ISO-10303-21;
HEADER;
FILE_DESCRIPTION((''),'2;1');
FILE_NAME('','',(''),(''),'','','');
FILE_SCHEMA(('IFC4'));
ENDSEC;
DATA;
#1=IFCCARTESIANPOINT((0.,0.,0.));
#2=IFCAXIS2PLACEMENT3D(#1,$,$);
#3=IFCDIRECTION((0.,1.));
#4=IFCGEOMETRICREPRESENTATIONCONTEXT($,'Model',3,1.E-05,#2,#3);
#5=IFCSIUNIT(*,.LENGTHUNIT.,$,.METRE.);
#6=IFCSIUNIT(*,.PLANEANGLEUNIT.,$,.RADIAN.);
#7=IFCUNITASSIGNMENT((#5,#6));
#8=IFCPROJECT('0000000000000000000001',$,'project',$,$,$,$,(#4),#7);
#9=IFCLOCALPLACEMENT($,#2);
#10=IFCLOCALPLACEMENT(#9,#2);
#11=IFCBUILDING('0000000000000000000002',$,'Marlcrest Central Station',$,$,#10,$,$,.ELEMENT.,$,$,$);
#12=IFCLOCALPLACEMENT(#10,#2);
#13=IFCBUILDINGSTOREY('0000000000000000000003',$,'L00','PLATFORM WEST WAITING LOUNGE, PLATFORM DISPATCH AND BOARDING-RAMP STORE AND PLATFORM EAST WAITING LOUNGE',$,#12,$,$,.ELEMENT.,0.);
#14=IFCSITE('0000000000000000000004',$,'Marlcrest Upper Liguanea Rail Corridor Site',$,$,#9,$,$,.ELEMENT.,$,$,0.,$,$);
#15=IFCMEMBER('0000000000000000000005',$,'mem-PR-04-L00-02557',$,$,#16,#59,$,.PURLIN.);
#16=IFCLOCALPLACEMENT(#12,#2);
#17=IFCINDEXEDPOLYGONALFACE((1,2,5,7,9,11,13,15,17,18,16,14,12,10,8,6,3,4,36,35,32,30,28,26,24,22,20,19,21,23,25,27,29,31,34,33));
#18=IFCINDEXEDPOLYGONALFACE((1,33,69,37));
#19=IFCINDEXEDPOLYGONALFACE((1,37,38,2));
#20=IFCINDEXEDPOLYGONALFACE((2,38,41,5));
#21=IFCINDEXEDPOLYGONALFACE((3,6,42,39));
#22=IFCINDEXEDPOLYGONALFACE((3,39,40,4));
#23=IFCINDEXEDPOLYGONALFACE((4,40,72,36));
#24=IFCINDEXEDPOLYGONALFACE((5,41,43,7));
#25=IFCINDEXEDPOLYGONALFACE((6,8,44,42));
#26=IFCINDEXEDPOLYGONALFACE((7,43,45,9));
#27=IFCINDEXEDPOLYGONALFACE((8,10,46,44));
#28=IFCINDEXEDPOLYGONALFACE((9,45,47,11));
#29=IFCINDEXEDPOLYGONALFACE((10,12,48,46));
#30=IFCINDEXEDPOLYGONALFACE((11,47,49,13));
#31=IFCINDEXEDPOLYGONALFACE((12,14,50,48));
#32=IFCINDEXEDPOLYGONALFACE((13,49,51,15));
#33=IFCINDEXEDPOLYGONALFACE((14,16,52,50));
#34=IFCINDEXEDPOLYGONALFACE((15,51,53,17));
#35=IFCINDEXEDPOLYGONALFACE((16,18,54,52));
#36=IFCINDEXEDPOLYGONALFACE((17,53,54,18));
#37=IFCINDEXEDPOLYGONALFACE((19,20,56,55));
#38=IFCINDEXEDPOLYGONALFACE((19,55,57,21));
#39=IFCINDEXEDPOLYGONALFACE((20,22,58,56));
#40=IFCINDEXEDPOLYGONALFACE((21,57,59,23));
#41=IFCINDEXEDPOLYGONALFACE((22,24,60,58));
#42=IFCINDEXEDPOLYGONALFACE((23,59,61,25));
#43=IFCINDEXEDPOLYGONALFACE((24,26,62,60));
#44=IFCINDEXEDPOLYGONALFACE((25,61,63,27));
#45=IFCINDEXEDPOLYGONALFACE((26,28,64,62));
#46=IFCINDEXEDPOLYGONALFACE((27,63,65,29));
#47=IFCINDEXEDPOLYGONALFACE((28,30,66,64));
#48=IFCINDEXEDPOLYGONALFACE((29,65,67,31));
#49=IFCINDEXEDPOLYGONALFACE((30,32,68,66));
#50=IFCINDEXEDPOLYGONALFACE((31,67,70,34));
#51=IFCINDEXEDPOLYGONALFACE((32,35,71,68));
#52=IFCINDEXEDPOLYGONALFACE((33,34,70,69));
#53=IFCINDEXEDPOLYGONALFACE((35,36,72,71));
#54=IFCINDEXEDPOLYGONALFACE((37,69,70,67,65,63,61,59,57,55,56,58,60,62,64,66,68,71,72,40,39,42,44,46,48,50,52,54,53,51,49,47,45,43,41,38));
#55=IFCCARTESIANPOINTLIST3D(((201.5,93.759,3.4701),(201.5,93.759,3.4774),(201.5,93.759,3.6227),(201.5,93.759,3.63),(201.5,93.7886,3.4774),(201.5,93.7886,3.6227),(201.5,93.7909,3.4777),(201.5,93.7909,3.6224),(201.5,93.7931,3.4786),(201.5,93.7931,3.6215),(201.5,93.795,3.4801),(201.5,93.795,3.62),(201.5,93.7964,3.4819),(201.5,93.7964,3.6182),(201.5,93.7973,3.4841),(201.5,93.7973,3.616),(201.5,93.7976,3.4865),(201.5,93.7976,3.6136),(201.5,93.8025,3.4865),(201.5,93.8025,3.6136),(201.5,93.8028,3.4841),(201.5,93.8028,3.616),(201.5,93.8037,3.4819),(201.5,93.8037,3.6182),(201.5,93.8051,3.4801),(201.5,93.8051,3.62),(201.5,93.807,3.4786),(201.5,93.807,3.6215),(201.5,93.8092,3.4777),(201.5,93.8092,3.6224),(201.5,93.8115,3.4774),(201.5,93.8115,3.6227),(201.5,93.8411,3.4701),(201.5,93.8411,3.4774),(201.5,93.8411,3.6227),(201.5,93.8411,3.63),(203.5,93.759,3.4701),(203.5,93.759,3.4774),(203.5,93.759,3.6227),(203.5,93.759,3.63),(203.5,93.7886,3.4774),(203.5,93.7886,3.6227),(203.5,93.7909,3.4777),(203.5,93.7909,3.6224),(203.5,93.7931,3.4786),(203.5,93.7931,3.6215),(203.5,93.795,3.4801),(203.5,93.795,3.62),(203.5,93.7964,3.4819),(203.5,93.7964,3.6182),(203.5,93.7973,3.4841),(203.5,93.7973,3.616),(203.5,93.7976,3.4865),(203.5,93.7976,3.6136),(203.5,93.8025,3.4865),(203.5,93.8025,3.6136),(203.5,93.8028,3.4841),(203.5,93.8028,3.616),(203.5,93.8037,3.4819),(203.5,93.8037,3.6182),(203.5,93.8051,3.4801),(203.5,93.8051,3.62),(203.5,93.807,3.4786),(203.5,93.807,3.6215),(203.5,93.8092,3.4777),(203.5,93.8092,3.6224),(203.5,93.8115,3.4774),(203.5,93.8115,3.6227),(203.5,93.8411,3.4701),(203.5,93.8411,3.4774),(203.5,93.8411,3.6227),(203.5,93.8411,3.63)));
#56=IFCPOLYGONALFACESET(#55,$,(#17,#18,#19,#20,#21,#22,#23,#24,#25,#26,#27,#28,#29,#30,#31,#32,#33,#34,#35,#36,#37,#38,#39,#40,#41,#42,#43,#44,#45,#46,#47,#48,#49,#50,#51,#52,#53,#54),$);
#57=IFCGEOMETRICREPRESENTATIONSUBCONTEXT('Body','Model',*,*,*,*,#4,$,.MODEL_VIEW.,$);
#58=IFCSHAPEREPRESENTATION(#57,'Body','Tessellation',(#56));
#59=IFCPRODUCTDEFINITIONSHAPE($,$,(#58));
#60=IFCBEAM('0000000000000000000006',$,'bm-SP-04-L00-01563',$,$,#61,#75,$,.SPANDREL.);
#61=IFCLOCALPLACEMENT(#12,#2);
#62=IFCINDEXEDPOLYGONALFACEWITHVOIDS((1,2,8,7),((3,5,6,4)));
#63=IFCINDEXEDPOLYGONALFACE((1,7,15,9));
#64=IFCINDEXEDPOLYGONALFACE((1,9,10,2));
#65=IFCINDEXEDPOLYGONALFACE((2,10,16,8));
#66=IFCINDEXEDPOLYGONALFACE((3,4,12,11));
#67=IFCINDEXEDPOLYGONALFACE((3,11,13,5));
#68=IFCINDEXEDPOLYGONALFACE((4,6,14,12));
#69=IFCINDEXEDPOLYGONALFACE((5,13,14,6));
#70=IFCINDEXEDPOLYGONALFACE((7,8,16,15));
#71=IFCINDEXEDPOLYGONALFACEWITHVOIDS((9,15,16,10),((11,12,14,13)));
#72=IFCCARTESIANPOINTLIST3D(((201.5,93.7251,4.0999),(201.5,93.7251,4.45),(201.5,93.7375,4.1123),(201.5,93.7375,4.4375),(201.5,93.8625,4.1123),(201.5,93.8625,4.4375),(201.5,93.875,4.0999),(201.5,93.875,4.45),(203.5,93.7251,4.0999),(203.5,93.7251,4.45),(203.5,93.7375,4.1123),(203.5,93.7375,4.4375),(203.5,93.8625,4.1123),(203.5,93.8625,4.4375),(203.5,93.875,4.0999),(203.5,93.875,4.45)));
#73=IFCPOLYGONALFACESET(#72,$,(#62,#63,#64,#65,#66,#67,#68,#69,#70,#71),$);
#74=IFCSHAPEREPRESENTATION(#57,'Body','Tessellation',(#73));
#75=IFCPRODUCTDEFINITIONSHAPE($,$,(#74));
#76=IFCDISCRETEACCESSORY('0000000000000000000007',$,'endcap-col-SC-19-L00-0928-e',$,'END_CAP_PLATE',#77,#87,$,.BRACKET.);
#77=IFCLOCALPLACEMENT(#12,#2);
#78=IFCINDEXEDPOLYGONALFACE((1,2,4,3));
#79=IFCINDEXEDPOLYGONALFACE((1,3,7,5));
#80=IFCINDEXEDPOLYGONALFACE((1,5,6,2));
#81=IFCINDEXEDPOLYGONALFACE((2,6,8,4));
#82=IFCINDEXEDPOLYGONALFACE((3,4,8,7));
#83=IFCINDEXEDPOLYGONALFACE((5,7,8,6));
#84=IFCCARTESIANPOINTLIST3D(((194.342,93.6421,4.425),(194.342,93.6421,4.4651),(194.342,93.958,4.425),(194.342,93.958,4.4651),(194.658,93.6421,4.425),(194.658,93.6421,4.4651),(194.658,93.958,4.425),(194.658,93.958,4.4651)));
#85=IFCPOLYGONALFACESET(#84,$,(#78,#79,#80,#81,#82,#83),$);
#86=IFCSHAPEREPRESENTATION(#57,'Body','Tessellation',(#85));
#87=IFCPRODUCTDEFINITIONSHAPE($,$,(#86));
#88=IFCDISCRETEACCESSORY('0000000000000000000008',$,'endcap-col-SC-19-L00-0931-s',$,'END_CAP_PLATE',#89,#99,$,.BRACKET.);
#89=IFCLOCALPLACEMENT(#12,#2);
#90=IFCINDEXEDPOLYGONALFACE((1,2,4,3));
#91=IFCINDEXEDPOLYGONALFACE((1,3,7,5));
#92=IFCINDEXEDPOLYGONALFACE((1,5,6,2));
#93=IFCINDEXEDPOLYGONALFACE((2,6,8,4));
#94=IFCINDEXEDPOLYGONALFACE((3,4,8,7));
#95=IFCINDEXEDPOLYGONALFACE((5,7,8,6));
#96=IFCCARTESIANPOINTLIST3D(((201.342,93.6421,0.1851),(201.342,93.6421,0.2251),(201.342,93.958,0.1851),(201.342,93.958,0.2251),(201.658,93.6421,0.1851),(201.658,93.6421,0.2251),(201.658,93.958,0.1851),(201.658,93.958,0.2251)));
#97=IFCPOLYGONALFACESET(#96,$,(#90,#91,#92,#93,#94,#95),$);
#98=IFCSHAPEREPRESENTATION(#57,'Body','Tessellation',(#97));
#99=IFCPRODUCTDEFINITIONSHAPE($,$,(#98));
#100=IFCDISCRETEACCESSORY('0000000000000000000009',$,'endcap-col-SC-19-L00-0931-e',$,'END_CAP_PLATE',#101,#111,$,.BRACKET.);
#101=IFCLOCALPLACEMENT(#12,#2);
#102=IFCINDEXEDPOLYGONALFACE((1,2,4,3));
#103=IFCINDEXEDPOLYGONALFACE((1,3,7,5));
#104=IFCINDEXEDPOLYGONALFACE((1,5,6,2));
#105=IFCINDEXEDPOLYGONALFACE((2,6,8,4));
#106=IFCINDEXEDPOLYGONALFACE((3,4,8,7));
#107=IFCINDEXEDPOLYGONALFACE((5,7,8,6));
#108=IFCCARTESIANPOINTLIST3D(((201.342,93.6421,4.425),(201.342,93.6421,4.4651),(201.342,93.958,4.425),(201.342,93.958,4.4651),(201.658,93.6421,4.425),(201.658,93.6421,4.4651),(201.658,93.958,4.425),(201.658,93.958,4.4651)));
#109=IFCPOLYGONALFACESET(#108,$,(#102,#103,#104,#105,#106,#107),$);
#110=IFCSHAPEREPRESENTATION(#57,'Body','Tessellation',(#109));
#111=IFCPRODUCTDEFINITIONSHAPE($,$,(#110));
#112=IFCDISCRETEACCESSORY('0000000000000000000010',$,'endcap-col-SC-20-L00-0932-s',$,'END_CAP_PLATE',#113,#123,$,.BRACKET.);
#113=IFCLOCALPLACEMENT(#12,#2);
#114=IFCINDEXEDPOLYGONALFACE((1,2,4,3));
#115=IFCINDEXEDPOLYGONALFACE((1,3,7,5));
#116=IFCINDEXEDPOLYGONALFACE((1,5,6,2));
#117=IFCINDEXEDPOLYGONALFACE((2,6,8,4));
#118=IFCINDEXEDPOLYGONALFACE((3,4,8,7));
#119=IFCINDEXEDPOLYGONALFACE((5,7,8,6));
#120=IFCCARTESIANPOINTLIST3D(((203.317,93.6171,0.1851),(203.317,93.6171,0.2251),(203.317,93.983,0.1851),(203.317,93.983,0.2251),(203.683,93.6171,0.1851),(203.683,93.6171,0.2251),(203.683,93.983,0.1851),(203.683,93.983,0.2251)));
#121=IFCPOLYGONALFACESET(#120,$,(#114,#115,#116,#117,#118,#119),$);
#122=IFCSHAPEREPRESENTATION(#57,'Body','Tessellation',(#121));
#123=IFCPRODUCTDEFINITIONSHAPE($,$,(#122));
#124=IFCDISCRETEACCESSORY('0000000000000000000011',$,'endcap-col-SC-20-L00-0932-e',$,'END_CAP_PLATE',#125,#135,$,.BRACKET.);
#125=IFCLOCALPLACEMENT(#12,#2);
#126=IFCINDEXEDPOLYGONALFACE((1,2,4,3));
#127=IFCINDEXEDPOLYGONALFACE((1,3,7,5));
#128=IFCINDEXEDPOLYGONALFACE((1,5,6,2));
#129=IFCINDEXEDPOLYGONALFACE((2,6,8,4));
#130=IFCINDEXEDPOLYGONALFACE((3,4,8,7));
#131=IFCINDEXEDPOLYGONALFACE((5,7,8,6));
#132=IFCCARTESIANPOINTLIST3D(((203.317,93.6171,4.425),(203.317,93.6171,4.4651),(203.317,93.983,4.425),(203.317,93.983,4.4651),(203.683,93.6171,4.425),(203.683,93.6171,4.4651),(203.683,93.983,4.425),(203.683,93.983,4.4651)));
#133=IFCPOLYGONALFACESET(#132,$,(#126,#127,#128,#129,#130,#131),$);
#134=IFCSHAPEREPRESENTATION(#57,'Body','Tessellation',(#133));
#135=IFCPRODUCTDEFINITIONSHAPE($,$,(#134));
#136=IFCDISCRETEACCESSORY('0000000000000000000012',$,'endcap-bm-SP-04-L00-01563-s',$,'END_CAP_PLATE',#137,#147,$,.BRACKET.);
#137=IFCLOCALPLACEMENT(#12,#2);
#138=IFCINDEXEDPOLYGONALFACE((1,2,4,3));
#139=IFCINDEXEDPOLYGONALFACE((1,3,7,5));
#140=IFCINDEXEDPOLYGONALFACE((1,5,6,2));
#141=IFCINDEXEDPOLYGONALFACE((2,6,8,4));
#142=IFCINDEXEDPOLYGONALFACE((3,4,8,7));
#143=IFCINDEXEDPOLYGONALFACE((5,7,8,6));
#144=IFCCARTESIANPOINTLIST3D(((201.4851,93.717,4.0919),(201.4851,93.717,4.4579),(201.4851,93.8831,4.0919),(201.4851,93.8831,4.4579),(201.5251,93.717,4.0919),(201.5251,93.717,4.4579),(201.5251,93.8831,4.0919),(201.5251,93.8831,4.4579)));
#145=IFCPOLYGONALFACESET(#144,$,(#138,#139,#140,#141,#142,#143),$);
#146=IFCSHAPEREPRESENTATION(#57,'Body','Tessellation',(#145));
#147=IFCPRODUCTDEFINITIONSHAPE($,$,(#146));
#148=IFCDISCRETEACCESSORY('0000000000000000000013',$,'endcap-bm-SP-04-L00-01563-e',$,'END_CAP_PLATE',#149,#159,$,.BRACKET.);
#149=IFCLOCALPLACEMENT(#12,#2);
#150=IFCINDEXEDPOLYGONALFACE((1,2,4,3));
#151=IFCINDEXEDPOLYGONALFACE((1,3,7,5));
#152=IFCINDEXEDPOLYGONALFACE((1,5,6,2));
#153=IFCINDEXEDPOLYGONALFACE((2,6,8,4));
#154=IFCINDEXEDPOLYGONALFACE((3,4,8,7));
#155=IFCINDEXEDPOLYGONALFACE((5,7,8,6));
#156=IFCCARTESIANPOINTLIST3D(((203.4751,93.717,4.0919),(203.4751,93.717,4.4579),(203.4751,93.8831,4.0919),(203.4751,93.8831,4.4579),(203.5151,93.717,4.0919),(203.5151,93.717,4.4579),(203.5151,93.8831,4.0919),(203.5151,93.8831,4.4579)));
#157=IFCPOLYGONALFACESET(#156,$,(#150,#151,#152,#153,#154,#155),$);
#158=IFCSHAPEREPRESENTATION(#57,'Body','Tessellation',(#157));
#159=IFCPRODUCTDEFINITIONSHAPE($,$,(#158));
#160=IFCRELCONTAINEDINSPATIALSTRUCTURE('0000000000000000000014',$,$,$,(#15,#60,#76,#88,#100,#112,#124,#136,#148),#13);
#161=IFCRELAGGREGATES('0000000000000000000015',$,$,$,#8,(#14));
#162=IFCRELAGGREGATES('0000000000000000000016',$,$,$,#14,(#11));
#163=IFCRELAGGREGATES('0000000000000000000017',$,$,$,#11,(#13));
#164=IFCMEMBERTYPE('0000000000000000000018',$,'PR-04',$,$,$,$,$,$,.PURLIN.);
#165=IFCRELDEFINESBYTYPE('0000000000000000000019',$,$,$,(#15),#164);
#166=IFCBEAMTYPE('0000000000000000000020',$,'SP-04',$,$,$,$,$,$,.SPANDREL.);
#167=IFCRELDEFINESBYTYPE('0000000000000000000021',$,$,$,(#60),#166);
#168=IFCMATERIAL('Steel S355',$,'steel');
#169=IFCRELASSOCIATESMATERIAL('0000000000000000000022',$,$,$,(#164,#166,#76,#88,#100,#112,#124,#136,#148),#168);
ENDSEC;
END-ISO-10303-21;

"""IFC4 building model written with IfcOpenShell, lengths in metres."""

from ifc_helpers import new_model, si_unit, direction, frame, origin, origin_2d, place, context, subcontext, project, spatial, rectangle, hollow_rectangle, i_section, extrude, material, material_profile, profile_set, type_object, element, save


model = new_model("IFC4")

# Units and contexts
model_context = context("Model", 3, precision=1e-05, world=origin(), true_north=direction((0.0, 1.0)))
body_context = subcontext(model_context, "Body", "Model", "MODEL_VIEW")
ifc_project = project(units=[si_unit("LENGTHUNIT", "METRE"), si_unit("PLANEANGLEUNIT", "RADIAN")], contexts=[model_context])

# Site, building, storey
site_placement = place(None, origin())
site = spatial("IfcSite", under=ifc_project, at=site_placement, Name="Marlcrest Upper Liguanea Rail Corridor Site", CompositionType="ELEMENT", RefElevation=0.0)
building_placement = place(site_placement, origin())
building = spatial("IfcBuilding", under=site, at=building_placement, Name="Marlcrest Central Station", CompositionType="ELEMENT")
storey_placement = place(building_placement, origin())
storey = spatial("IfcBuildingStorey", under=building, at=storey_placement, Name="L00", Description="PLATFORM WEST WAITING LOUNGE, PLATFORM DISPATCH AND BOARDING-RAMP STORE AND PLATFORM EAST WAITING LOUNGE", CompositionType="ELEMENT", Elevation=0.0)

# Shared definitions
ifc_material_1 = material(Name="Steel S355", Category="steel")

# Member
ifc_material_profile_1 = material_profile(ifc_material_1, i_section(OverallWidth=0.082, OverallDepth=0.1599, WebThickness=0.0049, FlangeThickness=0.0073, FilletRadius=0.009, at=origin_2d()), Name="IPE 160")
ifc_profile_set_1 = profile_set([ifc_material_profile_1], Name="Steel S355")
member_type = type_object("IfcMemberType", Name="PR-04", PredefinedType="PURLIN", material=ifc_profile_set_1)
member_placement = place(storey_placement, frame((201.5, 93.8, 3.55), z_axis=(1.0, 0.0, 0.0), x_axis=(0.0, 1.0, 0.0)))
element("IfcMember", 1, at=member_placement, inside=storey, type_object=member_type, Name="mem-PR-04-L00-02557", PredefinedType="PURLIN", context=body_context, shape_type="SweptSolid", body=[
    extrude(i_section(OverallWidth=0.082, OverallDepth=0.1599, WebThickness=0.0049, FlangeThickness=0.0073, FilletRadius=0.009, at=origin_2d()), origin(), (0.0, 0.0, 1.0), 2.0),
])

# Beam
ifc_material_profile_2 = material_profile(ifc_material_1, hollow_rectangle(XDim=0.1499, YDim=0.3501, WallThickness=0.0125, at=origin_2d()), Name="RHS 350x150x12.5")
ifc_profile_set_2 = profile_set([ifc_material_profile_2], Name="Steel S355")
beam_type_1 = type_object("IfcBeamType", Name="SP-04", PredefinedType="SPANDREL", material=ifc_profile_set_2)
beam_placement = place(storey_placement, frame((201.5, 93.8, 4.2749), z_axis=(1.0, 0.0, 0.0), x_axis=(0.0, 1.0, 0.0)))
element("IfcBeam", 2, at=beam_placement, inside=storey, type_object=beam_type_1, Name="bm-SP-04-L00-01563", PredefinedType="SPANDREL", context=body_context, shape_type="SweptSolid", body=[
    extrude(hollow_rectangle(XDim=0.1499, YDim=0.3501, WallThickness=0.0125, at=origin_2d()), origin(), (0.0, 0.0, 1.0), 2.0),
])

# Discrete accessories
for number, where, z_axis, x_axis, name in (
    (3, (194.5, 93.8, 4.425), (0.0, 0.0, 1.0), (1.0, 0.0, 0.0), "endcap-col-SC-19-L00-0928-e"),
    (4, (201.5, 93.8, 0.1851), (0.0, 0.0, 1.0), (1.0, 0.0, 0.0), "endcap-col-SC-19-L00-0931-s"),
    (5, (201.5, 93.8, 4.425), (0.0, 0.0, 1.0), (1.0, 0.0, 0.0), "endcap-col-SC-19-L00-0931-e"),
):
    element("IfcDiscreteAccessory", number, at=place(storey_placement, frame(where, z_axis=z_axis, x_axis=x_axis)), inside=storey, material=ifc_material_1, Name=name, ObjectType="END_CAP_PLATE", PredefinedType="BRACKET", context=body_context, shape_type="SweptSolid", body=[
        extrude(rectangle(XDim=0.3159, YDim=0.3159, at=origin_2d()), origin(), (0.0, 0.0, 1.0), 0.04),
    ])
for number, where, z_axis, x_axis, name in (
    (6, (203.5, 93.8, 0.1851), (0.0, 0.0, 1.0), (1.0, 0.0, 0.0), "endcap-col-SC-20-L00-0932-s"),
    (7, (203.5, 93.8, 4.425), (0.0, 0.0, 1.0), (1.0, 0.0, 0.0), "endcap-col-SC-20-L00-0932-e"),
):
    element("IfcDiscreteAccessory", number, at=place(storey_placement, frame(where, z_axis=z_axis, x_axis=x_axis)), inside=storey, material=ifc_material_1, Name=name, ObjectType="END_CAP_PLATE", PredefinedType="BRACKET", context=body_context, shape_type="SweptSolid", body=[
        extrude(rectangle(XDim=0.366, YDim=0.366, at=origin_2d()), origin(), (0.0, 0.0, 1.0), 0.04),
    ])
for number, where, z_axis, x_axis, name in (
    (8, (201.4851, 93.8, 4.2749), (1.0, 0.0, 0.0), (0.0, 1.0, 0.0), "endcap-bm-SP-04-L00-01563-s"),
    (9, (203.4751, 93.8, 4.2749), (1.0, 0.0, 0.0), (0.0, 1.0, 0.0), "endcap-bm-SP-04-L00-01563-e"),
):
    element("IfcDiscreteAccessory", number, at=place(storey_placement, frame(where, z_axis=z_axis, x_axis=x_axis)), inside=storey, material=ifc_material_1, Name=name, ObjectType="END_CAP_PLATE", PredefinedType="BRACKET", context=body_context, shape_type="SweptSolid", body=[
        extrude(rectangle(XDim=0.166, YDim=0.366, at=origin_2d()), origin(), (0.0, 0.0, 1.0), 0.04),
    ])

save(model, "model.ifc")
